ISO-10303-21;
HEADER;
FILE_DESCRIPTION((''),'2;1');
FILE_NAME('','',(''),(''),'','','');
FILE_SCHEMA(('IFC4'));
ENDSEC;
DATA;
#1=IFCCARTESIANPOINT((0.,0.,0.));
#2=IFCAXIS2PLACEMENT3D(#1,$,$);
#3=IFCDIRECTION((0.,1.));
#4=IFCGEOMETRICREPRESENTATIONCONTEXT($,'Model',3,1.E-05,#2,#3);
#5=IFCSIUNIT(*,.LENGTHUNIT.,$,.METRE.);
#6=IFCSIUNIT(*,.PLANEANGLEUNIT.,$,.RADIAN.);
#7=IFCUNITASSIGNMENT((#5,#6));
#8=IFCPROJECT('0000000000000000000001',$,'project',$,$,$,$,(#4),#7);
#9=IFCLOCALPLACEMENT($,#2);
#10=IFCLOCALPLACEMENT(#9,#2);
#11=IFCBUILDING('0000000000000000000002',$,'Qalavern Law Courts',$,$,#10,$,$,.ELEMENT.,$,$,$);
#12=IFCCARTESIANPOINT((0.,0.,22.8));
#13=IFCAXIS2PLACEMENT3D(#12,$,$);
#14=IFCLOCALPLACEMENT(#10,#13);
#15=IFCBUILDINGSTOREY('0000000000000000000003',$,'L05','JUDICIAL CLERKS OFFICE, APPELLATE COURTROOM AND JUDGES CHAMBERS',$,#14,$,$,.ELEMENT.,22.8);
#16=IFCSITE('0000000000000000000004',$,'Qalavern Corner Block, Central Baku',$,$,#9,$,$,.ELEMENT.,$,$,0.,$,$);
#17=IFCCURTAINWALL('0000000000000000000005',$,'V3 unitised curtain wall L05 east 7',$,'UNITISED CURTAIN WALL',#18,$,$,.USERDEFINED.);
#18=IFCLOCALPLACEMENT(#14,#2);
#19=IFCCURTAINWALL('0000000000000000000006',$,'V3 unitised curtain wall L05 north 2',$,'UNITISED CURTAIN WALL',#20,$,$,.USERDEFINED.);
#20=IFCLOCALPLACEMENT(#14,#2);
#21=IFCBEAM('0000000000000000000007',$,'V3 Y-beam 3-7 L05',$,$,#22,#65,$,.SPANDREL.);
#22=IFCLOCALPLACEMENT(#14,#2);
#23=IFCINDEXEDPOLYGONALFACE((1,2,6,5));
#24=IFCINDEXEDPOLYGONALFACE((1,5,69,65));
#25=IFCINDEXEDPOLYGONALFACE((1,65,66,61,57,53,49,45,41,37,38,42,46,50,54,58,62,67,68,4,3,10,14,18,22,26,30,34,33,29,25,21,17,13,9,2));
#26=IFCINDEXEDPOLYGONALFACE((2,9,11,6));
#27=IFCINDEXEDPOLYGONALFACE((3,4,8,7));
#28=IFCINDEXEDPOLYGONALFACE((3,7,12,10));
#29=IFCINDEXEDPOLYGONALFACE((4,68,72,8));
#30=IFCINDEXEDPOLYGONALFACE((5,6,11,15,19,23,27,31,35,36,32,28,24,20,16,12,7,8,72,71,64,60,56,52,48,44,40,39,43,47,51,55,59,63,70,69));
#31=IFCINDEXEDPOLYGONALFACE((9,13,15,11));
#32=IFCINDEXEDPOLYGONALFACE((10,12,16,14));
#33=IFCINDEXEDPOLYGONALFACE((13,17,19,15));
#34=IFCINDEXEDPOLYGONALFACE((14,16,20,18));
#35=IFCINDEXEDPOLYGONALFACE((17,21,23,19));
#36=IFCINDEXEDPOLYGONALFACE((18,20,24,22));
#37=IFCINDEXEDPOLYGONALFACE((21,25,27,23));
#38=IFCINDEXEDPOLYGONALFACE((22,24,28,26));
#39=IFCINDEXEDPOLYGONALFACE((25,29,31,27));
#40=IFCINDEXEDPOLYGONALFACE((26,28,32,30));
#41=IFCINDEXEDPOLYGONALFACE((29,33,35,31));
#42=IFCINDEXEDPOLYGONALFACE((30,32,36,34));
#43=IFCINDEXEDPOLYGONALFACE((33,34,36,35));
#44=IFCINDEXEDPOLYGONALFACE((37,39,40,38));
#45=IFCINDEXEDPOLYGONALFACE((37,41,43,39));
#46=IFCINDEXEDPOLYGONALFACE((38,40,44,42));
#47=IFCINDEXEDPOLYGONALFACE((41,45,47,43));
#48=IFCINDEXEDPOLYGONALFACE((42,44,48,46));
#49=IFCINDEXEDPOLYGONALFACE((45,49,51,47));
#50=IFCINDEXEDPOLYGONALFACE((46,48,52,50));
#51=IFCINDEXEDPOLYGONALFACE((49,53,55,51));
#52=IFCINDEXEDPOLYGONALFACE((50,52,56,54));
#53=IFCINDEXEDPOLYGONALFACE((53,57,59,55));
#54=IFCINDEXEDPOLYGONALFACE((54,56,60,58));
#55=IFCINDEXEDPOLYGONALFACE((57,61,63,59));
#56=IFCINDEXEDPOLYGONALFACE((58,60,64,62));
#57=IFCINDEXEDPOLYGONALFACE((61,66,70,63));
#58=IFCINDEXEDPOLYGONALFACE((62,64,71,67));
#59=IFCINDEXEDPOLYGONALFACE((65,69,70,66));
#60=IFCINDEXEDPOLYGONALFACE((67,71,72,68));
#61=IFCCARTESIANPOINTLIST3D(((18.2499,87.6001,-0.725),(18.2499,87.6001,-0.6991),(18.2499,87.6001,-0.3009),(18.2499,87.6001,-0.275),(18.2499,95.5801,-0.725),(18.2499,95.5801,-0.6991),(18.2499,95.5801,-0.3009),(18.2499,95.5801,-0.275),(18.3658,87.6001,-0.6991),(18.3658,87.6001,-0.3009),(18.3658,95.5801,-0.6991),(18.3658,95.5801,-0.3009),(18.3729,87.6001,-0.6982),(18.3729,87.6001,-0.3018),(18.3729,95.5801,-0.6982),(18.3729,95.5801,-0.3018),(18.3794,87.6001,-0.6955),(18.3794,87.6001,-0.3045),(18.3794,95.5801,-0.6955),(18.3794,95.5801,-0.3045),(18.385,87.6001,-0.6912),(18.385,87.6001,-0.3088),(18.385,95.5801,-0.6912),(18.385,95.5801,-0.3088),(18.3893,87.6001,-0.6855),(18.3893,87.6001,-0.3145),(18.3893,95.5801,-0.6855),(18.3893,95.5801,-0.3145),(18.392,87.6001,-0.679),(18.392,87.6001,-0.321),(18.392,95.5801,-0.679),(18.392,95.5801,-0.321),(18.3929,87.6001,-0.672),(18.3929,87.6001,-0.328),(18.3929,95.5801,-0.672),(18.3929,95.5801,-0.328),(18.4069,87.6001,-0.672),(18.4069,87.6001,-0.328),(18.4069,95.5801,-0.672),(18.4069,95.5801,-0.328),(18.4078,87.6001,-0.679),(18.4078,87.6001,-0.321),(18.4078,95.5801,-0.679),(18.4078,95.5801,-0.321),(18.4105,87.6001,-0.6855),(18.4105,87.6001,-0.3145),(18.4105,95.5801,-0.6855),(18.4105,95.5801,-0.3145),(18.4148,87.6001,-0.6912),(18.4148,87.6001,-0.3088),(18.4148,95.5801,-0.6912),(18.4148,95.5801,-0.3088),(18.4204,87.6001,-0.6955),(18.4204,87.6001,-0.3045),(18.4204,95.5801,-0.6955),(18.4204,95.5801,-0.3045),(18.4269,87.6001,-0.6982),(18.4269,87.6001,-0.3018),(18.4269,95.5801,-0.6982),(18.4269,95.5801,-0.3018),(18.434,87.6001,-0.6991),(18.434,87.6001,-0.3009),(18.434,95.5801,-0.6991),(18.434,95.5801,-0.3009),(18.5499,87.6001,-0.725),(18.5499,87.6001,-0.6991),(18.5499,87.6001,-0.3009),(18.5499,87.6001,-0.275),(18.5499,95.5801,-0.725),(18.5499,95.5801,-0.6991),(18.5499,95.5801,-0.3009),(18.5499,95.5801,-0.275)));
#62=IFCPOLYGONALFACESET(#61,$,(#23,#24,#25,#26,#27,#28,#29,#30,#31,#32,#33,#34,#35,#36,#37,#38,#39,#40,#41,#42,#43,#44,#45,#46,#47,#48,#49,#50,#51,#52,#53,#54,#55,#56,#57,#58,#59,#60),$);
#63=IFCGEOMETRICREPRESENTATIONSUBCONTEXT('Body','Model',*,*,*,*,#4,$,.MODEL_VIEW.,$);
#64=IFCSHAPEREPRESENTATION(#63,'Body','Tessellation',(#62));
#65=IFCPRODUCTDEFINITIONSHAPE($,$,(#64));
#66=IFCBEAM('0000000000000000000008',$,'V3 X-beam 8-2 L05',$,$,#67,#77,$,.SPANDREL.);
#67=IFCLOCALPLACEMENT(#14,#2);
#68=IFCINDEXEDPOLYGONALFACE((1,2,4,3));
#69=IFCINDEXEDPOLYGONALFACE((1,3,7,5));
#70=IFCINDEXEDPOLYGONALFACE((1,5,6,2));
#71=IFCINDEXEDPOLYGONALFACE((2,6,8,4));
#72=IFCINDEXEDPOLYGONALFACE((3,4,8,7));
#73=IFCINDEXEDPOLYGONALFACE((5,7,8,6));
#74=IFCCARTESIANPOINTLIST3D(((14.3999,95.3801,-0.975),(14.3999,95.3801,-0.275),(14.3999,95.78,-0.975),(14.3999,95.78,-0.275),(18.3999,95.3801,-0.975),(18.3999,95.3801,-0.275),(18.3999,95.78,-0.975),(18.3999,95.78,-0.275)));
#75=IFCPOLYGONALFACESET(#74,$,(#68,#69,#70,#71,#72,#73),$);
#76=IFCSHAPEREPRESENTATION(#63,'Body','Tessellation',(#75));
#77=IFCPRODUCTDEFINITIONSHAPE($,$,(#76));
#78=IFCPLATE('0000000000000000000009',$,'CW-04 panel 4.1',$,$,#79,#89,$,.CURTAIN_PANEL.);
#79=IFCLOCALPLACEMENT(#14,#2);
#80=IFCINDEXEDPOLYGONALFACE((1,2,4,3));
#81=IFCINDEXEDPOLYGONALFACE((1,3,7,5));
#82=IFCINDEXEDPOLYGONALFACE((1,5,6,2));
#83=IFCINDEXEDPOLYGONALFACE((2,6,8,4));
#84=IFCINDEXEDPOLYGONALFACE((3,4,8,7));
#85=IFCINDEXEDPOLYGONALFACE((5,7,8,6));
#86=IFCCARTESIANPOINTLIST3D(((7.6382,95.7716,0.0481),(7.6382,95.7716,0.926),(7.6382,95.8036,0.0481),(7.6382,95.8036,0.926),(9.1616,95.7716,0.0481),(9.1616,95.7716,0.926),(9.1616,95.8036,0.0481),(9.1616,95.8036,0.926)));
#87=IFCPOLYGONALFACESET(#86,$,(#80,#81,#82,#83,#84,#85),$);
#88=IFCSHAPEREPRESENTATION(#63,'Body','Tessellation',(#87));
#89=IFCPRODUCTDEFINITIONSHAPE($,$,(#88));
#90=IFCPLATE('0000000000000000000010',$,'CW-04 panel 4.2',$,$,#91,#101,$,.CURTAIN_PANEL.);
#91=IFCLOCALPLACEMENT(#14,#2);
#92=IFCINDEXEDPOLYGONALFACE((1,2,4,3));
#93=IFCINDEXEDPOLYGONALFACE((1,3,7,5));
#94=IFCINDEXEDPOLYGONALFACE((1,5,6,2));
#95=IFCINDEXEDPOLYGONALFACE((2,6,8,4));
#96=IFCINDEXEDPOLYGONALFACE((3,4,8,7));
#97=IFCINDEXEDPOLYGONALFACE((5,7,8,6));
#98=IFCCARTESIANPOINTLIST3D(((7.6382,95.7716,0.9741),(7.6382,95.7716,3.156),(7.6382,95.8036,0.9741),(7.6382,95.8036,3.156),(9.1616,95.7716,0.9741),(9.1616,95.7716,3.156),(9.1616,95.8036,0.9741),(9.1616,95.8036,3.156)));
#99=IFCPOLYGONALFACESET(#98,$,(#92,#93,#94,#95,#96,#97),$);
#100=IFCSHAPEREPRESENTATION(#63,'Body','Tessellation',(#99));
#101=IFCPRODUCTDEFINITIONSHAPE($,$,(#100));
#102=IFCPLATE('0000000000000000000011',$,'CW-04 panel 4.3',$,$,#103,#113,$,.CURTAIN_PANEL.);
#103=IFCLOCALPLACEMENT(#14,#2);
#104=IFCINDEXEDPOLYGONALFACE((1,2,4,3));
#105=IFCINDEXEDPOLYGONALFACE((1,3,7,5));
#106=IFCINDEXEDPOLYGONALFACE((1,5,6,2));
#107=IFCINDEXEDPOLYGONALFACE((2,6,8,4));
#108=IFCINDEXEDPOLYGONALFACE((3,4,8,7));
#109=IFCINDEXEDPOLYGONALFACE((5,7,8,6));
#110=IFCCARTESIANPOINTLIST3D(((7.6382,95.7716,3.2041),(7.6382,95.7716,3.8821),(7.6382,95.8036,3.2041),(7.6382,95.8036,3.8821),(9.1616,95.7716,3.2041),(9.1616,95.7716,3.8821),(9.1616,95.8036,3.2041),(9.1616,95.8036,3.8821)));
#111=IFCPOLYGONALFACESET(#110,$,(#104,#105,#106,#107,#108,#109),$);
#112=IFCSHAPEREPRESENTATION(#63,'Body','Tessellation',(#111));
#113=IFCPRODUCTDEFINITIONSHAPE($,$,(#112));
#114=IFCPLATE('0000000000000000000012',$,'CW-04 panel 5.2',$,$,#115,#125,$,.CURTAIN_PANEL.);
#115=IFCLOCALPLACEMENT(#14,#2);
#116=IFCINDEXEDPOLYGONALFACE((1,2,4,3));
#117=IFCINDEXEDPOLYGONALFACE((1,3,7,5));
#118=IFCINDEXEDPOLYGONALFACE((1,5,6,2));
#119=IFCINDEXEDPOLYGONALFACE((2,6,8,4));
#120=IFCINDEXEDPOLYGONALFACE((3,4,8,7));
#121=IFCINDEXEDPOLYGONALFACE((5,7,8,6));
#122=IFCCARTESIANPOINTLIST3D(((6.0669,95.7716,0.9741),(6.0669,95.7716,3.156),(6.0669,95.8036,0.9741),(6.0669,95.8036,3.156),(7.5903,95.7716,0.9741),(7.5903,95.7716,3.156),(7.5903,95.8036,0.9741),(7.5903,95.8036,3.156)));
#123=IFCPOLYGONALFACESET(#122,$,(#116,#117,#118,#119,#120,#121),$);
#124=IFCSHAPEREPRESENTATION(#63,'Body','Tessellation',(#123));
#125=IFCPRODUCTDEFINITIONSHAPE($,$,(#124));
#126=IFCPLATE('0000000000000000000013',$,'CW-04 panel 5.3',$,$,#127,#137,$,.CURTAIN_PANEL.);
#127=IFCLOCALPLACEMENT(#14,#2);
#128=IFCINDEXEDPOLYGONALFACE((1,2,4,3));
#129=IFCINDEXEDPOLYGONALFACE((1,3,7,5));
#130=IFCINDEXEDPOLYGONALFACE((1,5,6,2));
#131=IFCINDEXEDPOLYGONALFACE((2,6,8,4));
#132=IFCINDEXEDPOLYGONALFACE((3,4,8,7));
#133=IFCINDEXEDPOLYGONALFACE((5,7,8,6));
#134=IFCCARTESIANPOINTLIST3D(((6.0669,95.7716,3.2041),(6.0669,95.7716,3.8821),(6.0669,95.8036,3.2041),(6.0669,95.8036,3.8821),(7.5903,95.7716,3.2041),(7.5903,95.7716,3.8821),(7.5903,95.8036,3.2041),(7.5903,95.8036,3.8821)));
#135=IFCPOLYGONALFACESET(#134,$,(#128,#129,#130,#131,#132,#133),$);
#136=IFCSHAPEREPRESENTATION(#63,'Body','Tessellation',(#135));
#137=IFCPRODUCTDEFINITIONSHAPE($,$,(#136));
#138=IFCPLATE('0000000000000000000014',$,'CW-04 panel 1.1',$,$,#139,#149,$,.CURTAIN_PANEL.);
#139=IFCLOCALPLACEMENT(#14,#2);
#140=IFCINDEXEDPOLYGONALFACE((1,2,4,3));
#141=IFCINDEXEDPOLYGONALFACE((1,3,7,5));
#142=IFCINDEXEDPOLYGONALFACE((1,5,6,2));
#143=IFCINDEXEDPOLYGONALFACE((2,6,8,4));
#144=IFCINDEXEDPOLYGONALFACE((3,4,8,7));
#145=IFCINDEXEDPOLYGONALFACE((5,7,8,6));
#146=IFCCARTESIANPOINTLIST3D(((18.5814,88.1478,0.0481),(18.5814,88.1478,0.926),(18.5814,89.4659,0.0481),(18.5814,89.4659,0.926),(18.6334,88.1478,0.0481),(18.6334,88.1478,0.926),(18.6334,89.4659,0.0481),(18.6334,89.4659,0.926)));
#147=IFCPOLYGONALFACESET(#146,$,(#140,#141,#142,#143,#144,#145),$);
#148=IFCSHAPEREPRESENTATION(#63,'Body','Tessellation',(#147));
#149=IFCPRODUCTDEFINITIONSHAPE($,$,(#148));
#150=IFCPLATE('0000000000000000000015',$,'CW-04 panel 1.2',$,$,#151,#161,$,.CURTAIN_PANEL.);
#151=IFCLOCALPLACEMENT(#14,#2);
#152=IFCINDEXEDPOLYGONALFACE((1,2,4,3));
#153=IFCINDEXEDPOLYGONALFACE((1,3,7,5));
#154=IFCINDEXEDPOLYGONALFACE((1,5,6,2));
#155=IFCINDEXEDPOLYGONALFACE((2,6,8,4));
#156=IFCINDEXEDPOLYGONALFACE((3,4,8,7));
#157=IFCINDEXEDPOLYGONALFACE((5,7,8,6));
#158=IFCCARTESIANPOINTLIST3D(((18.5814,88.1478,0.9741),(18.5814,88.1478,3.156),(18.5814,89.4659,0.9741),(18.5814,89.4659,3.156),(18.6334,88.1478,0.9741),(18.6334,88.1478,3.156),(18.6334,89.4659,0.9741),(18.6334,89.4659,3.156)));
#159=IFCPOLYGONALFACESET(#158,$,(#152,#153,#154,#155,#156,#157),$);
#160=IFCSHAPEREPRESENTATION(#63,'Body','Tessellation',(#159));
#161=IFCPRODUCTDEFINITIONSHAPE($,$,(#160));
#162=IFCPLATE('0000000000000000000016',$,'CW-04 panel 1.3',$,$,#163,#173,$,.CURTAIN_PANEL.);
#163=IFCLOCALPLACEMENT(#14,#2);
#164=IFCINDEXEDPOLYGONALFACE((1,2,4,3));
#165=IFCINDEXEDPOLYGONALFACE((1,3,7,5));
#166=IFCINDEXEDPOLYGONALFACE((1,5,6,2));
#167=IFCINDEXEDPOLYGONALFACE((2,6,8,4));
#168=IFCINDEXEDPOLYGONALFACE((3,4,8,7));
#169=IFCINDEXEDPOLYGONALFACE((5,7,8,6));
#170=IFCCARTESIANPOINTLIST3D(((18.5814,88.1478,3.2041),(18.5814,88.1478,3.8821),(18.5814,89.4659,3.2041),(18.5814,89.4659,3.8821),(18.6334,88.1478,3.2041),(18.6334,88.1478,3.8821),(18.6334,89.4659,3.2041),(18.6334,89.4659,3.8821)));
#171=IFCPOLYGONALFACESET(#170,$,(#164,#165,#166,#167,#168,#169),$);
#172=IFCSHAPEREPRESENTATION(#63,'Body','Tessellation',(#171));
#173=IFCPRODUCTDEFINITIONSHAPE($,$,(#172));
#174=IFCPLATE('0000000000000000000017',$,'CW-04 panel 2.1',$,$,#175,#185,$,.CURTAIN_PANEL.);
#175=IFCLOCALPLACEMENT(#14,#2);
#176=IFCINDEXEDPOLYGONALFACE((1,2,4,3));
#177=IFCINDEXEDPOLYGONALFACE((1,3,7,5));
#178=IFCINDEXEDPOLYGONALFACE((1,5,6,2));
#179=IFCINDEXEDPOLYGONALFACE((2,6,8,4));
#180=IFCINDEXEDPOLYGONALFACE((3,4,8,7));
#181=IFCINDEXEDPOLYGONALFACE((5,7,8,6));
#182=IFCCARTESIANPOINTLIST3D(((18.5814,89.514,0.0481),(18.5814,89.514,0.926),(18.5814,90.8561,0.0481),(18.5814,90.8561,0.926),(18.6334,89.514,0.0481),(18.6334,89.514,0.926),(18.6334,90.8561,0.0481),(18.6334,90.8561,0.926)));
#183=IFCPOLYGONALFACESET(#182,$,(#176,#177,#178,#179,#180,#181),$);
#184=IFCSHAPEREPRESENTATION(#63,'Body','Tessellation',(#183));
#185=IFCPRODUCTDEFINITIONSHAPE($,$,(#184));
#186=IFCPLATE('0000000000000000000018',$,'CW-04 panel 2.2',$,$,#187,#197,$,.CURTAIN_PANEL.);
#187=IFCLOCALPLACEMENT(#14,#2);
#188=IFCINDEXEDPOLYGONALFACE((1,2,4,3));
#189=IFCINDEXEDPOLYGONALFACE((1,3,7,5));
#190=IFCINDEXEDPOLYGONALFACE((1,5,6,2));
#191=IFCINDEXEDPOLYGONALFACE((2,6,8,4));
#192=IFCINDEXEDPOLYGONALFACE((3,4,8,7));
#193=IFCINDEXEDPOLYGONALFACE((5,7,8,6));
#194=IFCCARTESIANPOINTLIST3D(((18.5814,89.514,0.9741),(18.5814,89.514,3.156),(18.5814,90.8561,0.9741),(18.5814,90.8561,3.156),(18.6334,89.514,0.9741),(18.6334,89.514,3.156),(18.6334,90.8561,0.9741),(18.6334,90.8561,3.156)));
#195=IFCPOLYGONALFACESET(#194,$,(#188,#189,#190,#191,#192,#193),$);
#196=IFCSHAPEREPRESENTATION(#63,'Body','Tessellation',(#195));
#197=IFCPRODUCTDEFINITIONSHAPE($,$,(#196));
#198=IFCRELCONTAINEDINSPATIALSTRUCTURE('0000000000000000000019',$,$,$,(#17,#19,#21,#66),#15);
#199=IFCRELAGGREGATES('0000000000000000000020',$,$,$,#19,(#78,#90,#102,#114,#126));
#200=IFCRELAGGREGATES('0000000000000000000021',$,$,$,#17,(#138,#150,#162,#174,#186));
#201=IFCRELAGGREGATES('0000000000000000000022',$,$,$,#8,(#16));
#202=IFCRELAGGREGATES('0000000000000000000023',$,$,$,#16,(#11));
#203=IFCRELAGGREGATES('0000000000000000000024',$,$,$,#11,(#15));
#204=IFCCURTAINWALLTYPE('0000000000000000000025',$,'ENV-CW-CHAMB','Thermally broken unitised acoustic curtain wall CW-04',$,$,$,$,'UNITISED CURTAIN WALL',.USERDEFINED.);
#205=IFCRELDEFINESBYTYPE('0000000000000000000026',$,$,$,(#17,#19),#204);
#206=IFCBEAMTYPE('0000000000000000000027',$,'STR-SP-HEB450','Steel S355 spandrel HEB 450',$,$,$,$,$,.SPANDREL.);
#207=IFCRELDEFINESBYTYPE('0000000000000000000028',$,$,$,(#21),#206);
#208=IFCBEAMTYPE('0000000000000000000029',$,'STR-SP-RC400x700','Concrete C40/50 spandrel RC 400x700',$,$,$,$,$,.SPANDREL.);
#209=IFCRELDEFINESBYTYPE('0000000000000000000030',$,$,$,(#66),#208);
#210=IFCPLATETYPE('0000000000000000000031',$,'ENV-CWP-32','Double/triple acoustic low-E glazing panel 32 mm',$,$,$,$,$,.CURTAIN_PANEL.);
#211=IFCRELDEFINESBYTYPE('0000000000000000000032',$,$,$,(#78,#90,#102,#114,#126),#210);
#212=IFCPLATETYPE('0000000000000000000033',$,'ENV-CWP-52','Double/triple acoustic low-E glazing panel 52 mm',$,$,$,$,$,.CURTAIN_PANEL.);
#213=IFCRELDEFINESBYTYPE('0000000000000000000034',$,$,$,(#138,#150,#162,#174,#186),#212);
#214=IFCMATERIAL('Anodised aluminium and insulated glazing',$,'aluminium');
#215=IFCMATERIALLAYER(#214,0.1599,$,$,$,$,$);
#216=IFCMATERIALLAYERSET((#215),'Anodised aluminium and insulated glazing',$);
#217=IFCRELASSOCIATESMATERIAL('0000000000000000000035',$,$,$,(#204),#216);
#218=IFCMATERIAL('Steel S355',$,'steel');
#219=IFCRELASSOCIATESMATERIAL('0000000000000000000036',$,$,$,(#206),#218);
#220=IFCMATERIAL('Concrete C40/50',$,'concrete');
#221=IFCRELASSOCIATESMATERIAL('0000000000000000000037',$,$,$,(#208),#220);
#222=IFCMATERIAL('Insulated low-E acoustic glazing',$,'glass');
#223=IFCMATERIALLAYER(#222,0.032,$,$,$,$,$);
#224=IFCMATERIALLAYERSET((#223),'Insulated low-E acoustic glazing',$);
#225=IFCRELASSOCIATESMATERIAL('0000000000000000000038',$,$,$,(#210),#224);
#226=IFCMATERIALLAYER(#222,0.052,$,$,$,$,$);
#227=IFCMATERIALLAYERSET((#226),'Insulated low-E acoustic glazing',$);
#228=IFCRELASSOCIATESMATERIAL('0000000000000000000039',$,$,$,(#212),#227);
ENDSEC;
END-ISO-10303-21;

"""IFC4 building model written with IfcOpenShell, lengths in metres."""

from ifc_helpers import new_model, si_unit, direction, frame, origin, origin_2d, place, context, subcontext, project, spatial, rectangle, i_section, extrude, material, layer, layer_set, material_profile, profile_set, type_object, element, aggregate, save


model = new_model("IFC4")

# Units and contexts
model_context = context("Model", 3, precision=1e-05, world=origin(), true_north=direction((0.0, 1.0)))
body_context = subcontext(model_context, "Body", "Model", "MODEL_VIEW")
ifc_project = project(units=[si_unit("LENGTHUNIT", "METRE"), si_unit("PLANEANGLEUNIT", "RADIAN")], contexts=[model_context])

# Site, building, storey
site_placement = place(None, origin())
site = spatial("IfcSite", under=ifc_project, at=site_placement, Name="Qalavern Corner Block, Central Baku", CompositionType="ELEMENT", RefElevation=0.0)
building_placement = place(site_placement, origin())
building = spatial("IfcBuilding", under=site, at=building_placement, Name="Qalavern Law Courts", CompositionType="ELEMENT")
storey_placement = place(building_placement, frame((0.0, 0.0, 22.8)))
storey = spatial("IfcBuildingStorey", under=building, at=storey_placement, Name="L05", Description="JUDICIAL CLERKS OFFICE, APPELLATE COURTROOM AND JUDGES CHAMBERS", CompositionType="ELEMENT", Elevation=22.8)

# Curtain wall
ifc_material_1 = material(Name="Anodised aluminium and insulated glazing", Category="aluminium")
ifc_layer_1 = layer(ifc_material_1, 0.1599)
ifc_layer_set_1 = layer_set([ifc_layer_1], Name="Anodised aluminium and insulated glazing")
curtain_wall_type = type_object("IfcCurtainWallType", Name="ENV-CW-CHAMB", Description="Thermally broken unitised acoustic curtain wall CW-04", ElementType="UNITISED CURTAIN WALL", PredefinedType="USERDEFINED", material=ifc_layer_set_1)
curtain_wall_1_placement = place(storey_placement, origin())
curtain_wall_1 = element("IfcCurtainWall", 1, at=curtain_wall_1_placement, inside=storey, type_object=curtain_wall_type, Name="V3 unitised curtain wall L05 east 7", ObjectType="UNITISED CURTAIN WALL", PredefinedType="USERDEFINED")

# Curtain wall
curtain_wall_2_placement = place(storey_placement, origin())
curtain_wall_2 = element("IfcCurtainWall", 2, at=curtain_wall_2_placement, inside=storey, type_object=curtain_wall_type, Name="V3 unitised curtain wall L05 north 2", ObjectType="UNITISED CURTAIN WALL", PredefinedType="USERDEFINED")

# Beams
ifc_material_2 = material(Name="Steel S355", Category="steel")
ifc_material_profile_1 = material_profile(ifc_material_2, i_section(OverallWidth=0.3, OverallDepth=0.45, WebThickness=0.0139, FlangeThickness=0.0259, FilletRadius=0.0271, at=origin_2d()), Name="HEB 450")
ifc_profile_set_1 = profile_set([ifc_material_profile_1], Name="Steel S355")
beam_type_1 = type_object("IfcBeamType", Name="STR-SP-HEB450", Description="Steel S355 spandrel HEB 450", PredefinedType="SPANDREL", material=ifc_profile_set_1)
beam_1_placement = place(storey_placement, frame((18.3999, 87.6001, -0.5), z_axis=(0.0, 1.0, 0.0), x_axis=(-1.0, 0.0, 0.0)))
element("IfcBeam", 3, at=beam_1_placement, inside=storey, type_object=beam_type_1, Name="V3 Y-beam 3-7 L05", PredefinedType="SPANDREL", context=body_context, shape_type="SweptSolid", body=[
    extrude(i_section(OverallWidth=0.3, OverallDepth=0.45, WebThickness=0.0139, FlangeThickness=0.0259, FilletRadius=0.0271, at=origin_2d()), origin(), (0.0, 0.0, 1.0), 7.98),
])
ifc_material_3 = material(Name="Concrete C40/50", Category="concrete")
ifc_material_profile_2 = material_profile(ifc_material_3, rectangle(XDim=0.3999, YDim=0.7, at=origin_2d()), Name="RC 400x700")
ifc_profile_set_2 = profile_set([ifc_material_profile_2], Name="Concrete C40/50")
beam_type_2 = type_object("IfcBeamType", Name="STR-SP-RC400x700", Description="Concrete C40/50 spandrel RC 400x700", PredefinedType="SPANDREL", material=ifc_profile_set_2)
beam_2_placement = place(storey_placement, frame((14.3999, 95.5801, -0.625), z_axis=(1.0, 0.0, 0.0), x_axis=(0.0, 1.0, 0.0)))
element("IfcBeam", 4, at=beam_2_placement, inside=storey, type_object=beam_type_2, Name="V3 X-beam 8-2 L05", PredefinedType="SPANDREL", context=body_context, shape_type="SweptSolid", body=[
    extrude(rectangle(XDim=0.3999, YDim=0.7, at=origin_2d()), origin(), (0.0, 0.0, 1.0), 4.0),
])

# Plates
ifc_material_4 = material(Name="Insulated low-E acoustic glazing", Category="glass")
ifc_layer_2 = layer(ifc_material_4, 0.032)
ifc_layer_set_2 = layer_set([ifc_layer_2], Name="Insulated low-E acoustic glazing")
plate_type_1 = type_object("IfcPlateType", Name="ENV-CWP-32", Description="Double/triple acoustic low-E glazing panel 32 mm", PredefinedType="CURTAIN_PANEL", material=ifc_layer_set_2)
plate_1_placement = place(storey_placement, frame((8.3999, 95.7876, 0.0481), z_axis=(0.0, 0.0, 1.0), x_axis=(-1.0, 0.0, 0.0)))
plate_1 = element("IfcPlate", 5, at=plate_1_placement, type_object=plate_type_1, Name="CW-04 panel 4.1", PredefinedType="CURTAIN_PANEL", context=body_context, shape_type="SweptSolid", body=[
    extrude(rectangle(XDim=1.5234, YDim=0.032, at=origin_2d()), origin(), (0.0, 0.0, 1.0), 0.8779),
])
plate_2_placement = place(storey_placement, frame((8.3999, 95.7876, 0.9741), z_axis=(0.0, 0.0, 1.0), x_axis=(-1.0, 0.0, 0.0)))
plate_2 = element("IfcPlate", 6, at=plate_2_placement, type_object=plate_type_1, Name="CW-04 panel 4.2", PredefinedType="CURTAIN_PANEL", context=body_context, shape_type="SweptSolid", body=[
    extrude(rectangle(XDim=1.5234, YDim=0.032, at=origin_2d()), origin(), (0.0, 0.0, 1.0), 2.1819),
])
plate_3_placement = place(storey_placement, frame((8.3999, 95.7876, 3.2041), z_axis=(0.0, 0.0, 1.0), x_axis=(-1.0, 0.0, 0.0)))
plate_3 = element("IfcPlate", 7, at=plate_3_placement, type_object=plate_type_1, Name="CW-04 panel 4.3", PredefinedType="CURTAIN_PANEL", context=body_context, shape_type="SweptSolid", body=[
    extrude(rectangle(XDim=1.5234, YDim=0.032, at=origin_2d()), origin(), (0.0, 0.0, 1.0), 0.678),
])
plate_4_placement = place(storey_placement, frame((6.8286, 95.7876, 0.9741), z_axis=(0.0, 0.0, 1.0), x_axis=(-1.0, 0.0, 0.0)))
plate_4 = element("IfcPlate", 8, at=plate_4_placement, type_object=plate_type_1, Name="CW-04 panel 5.2", PredefinedType="CURTAIN_PANEL", context=body_context, shape_type="SweptSolid", body=[
    extrude(rectangle(XDim=1.5234, YDim=0.032, at=origin_2d()), origin(), (0.0, 0.0, 1.0), 2.1819),
])
plate_5_placement = place(storey_placement, frame((6.8286, 95.7876, 3.2041), z_axis=(0.0, 0.0, 1.0), x_axis=(-1.0, 0.0, 0.0)))
plate_5 = element("IfcPlate", 9, at=plate_5_placement, type_object=plate_type_1, Name="CW-04 panel 5.3", PredefinedType="CURTAIN_PANEL", context=body_context, shape_type="SweptSolid", body=[
    extrude(rectangle(XDim=1.5234, YDim=0.032, at=origin_2d()), origin(), (0.0, 0.0, 1.0), 0.678),
])
aggregate(curtain_wall_2, [plate_1, plate_2, plate_3, plate_4, plate_5])
ifc_layer_3 = layer(ifc_material_4, 0.052)
ifc_layer_set_3 = layer_set([ifc_layer_3], Name="Insulated low-E acoustic glazing")
plate_type_2 = type_object("IfcPlateType", Name="ENV-CWP-52", Description="Double/triple acoustic low-E glazing panel 52 mm", PredefinedType="CURTAIN_PANEL", material=ifc_layer_set_3)
plate_6_placement = place(storey_placement, frame((18.6074, 88.8069, 0.0481), z_axis=(0.0, 0.0, 1.0), x_axis=(0.0, 1.0, 0.0)))
plate_6 = element("IfcPlate", 10, at=plate_6_placement, type_object=plate_type_2, Name="CW-04 panel 1.1", PredefinedType="CURTAIN_PANEL", context=body_context, shape_type="SweptSolid", body=[
    extrude(rectangle(XDim=1.3181, YDim=0.052, at=origin_2d()), origin(), (0.0, 0.0, 1.0), 0.8779),
])
plate_7_placement = place(storey_placement, frame((18.6074, 88.8069, 0.9741), z_axis=(0.0, 0.0, 1.0), x_axis=(0.0, 1.0, 0.0)))
plate_7 = element("IfcPlate", 11, at=plate_7_placement, type_object=plate_type_2, Name="CW-04 panel 1.2", PredefinedType="CURTAIN_PANEL", context=body_context, shape_type="SweptSolid", body=[
    extrude(rectangle(XDim=1.3181, YDim=0.052, at=origin_2d()), origin(), (0.0, 0.0, 1.0), 2.1819),
])
plate_8_placement = place(storey_placement, frame((18.6074, 88.8069, 3.2041), z_axis=(0.0, 0.0, 1.0), x_axis=(0.0, 1.0, 0.0)))
plate_8 = element("IfcPlate", 12, at=plate_8_placement, type_object=plate_type_2, Name="CW-04 panel 1.3", PredefinedType="CURTAIN_PANEL", context=body_context, shape_type="SweptSolid", body=[
    extrude(rectangle(XDim=1.3181, YDim=0.052, at=origin_2d()), origin(), (0.0, 0.0, 1.0), 0.678),
])
plate_9_placement = place(storey_placement, frame((18.6074, 90.1851, 0.0481), z_axis=(0.0, 0.0, 1.0), x_axis=(0.0, 1.0, 0.0)))
plate_9 = element("IfcPlate", 13, at=plate_9_placement, type_object=plate_type_2, Name="CW-04 panel 2.1", PredefinedType="CURTAIN_PANEL", context=body_context, shape_type="SweptSolid", body=[
    extrude(rectangle(XDim=1.342, YDim=0.052, at=origin_2d()), origin(), (0.0, 0.0, 1.0), 0.8779),
])
plate_10_placement = place(storey_placement, frame((18.6074, 90.1851, 0.9741), z_axis=(0.0, 0.0, 1.0), x_axis=(0.0, 1.0, 0.0)))
plate_10 = element("IfcPlate", 14, at=plate_10_placement, type_object=plate_type_2, Name="CW-04 panel 2.2", PredefinedType="CURTAIN_PANEL", context=body_context, shape_type="SweptSolid", body=[
    extrude(rectangle(XDim=1.342, YDim=0.052, at=origin_2d()), origin(), (0.0, 0.0, 1.0), 2.1819),
])
aggregate(curtain_wall_1, [plate_6, plate_7, plate_8, plate_9, plate_10])

save(model, "model.ifc")
